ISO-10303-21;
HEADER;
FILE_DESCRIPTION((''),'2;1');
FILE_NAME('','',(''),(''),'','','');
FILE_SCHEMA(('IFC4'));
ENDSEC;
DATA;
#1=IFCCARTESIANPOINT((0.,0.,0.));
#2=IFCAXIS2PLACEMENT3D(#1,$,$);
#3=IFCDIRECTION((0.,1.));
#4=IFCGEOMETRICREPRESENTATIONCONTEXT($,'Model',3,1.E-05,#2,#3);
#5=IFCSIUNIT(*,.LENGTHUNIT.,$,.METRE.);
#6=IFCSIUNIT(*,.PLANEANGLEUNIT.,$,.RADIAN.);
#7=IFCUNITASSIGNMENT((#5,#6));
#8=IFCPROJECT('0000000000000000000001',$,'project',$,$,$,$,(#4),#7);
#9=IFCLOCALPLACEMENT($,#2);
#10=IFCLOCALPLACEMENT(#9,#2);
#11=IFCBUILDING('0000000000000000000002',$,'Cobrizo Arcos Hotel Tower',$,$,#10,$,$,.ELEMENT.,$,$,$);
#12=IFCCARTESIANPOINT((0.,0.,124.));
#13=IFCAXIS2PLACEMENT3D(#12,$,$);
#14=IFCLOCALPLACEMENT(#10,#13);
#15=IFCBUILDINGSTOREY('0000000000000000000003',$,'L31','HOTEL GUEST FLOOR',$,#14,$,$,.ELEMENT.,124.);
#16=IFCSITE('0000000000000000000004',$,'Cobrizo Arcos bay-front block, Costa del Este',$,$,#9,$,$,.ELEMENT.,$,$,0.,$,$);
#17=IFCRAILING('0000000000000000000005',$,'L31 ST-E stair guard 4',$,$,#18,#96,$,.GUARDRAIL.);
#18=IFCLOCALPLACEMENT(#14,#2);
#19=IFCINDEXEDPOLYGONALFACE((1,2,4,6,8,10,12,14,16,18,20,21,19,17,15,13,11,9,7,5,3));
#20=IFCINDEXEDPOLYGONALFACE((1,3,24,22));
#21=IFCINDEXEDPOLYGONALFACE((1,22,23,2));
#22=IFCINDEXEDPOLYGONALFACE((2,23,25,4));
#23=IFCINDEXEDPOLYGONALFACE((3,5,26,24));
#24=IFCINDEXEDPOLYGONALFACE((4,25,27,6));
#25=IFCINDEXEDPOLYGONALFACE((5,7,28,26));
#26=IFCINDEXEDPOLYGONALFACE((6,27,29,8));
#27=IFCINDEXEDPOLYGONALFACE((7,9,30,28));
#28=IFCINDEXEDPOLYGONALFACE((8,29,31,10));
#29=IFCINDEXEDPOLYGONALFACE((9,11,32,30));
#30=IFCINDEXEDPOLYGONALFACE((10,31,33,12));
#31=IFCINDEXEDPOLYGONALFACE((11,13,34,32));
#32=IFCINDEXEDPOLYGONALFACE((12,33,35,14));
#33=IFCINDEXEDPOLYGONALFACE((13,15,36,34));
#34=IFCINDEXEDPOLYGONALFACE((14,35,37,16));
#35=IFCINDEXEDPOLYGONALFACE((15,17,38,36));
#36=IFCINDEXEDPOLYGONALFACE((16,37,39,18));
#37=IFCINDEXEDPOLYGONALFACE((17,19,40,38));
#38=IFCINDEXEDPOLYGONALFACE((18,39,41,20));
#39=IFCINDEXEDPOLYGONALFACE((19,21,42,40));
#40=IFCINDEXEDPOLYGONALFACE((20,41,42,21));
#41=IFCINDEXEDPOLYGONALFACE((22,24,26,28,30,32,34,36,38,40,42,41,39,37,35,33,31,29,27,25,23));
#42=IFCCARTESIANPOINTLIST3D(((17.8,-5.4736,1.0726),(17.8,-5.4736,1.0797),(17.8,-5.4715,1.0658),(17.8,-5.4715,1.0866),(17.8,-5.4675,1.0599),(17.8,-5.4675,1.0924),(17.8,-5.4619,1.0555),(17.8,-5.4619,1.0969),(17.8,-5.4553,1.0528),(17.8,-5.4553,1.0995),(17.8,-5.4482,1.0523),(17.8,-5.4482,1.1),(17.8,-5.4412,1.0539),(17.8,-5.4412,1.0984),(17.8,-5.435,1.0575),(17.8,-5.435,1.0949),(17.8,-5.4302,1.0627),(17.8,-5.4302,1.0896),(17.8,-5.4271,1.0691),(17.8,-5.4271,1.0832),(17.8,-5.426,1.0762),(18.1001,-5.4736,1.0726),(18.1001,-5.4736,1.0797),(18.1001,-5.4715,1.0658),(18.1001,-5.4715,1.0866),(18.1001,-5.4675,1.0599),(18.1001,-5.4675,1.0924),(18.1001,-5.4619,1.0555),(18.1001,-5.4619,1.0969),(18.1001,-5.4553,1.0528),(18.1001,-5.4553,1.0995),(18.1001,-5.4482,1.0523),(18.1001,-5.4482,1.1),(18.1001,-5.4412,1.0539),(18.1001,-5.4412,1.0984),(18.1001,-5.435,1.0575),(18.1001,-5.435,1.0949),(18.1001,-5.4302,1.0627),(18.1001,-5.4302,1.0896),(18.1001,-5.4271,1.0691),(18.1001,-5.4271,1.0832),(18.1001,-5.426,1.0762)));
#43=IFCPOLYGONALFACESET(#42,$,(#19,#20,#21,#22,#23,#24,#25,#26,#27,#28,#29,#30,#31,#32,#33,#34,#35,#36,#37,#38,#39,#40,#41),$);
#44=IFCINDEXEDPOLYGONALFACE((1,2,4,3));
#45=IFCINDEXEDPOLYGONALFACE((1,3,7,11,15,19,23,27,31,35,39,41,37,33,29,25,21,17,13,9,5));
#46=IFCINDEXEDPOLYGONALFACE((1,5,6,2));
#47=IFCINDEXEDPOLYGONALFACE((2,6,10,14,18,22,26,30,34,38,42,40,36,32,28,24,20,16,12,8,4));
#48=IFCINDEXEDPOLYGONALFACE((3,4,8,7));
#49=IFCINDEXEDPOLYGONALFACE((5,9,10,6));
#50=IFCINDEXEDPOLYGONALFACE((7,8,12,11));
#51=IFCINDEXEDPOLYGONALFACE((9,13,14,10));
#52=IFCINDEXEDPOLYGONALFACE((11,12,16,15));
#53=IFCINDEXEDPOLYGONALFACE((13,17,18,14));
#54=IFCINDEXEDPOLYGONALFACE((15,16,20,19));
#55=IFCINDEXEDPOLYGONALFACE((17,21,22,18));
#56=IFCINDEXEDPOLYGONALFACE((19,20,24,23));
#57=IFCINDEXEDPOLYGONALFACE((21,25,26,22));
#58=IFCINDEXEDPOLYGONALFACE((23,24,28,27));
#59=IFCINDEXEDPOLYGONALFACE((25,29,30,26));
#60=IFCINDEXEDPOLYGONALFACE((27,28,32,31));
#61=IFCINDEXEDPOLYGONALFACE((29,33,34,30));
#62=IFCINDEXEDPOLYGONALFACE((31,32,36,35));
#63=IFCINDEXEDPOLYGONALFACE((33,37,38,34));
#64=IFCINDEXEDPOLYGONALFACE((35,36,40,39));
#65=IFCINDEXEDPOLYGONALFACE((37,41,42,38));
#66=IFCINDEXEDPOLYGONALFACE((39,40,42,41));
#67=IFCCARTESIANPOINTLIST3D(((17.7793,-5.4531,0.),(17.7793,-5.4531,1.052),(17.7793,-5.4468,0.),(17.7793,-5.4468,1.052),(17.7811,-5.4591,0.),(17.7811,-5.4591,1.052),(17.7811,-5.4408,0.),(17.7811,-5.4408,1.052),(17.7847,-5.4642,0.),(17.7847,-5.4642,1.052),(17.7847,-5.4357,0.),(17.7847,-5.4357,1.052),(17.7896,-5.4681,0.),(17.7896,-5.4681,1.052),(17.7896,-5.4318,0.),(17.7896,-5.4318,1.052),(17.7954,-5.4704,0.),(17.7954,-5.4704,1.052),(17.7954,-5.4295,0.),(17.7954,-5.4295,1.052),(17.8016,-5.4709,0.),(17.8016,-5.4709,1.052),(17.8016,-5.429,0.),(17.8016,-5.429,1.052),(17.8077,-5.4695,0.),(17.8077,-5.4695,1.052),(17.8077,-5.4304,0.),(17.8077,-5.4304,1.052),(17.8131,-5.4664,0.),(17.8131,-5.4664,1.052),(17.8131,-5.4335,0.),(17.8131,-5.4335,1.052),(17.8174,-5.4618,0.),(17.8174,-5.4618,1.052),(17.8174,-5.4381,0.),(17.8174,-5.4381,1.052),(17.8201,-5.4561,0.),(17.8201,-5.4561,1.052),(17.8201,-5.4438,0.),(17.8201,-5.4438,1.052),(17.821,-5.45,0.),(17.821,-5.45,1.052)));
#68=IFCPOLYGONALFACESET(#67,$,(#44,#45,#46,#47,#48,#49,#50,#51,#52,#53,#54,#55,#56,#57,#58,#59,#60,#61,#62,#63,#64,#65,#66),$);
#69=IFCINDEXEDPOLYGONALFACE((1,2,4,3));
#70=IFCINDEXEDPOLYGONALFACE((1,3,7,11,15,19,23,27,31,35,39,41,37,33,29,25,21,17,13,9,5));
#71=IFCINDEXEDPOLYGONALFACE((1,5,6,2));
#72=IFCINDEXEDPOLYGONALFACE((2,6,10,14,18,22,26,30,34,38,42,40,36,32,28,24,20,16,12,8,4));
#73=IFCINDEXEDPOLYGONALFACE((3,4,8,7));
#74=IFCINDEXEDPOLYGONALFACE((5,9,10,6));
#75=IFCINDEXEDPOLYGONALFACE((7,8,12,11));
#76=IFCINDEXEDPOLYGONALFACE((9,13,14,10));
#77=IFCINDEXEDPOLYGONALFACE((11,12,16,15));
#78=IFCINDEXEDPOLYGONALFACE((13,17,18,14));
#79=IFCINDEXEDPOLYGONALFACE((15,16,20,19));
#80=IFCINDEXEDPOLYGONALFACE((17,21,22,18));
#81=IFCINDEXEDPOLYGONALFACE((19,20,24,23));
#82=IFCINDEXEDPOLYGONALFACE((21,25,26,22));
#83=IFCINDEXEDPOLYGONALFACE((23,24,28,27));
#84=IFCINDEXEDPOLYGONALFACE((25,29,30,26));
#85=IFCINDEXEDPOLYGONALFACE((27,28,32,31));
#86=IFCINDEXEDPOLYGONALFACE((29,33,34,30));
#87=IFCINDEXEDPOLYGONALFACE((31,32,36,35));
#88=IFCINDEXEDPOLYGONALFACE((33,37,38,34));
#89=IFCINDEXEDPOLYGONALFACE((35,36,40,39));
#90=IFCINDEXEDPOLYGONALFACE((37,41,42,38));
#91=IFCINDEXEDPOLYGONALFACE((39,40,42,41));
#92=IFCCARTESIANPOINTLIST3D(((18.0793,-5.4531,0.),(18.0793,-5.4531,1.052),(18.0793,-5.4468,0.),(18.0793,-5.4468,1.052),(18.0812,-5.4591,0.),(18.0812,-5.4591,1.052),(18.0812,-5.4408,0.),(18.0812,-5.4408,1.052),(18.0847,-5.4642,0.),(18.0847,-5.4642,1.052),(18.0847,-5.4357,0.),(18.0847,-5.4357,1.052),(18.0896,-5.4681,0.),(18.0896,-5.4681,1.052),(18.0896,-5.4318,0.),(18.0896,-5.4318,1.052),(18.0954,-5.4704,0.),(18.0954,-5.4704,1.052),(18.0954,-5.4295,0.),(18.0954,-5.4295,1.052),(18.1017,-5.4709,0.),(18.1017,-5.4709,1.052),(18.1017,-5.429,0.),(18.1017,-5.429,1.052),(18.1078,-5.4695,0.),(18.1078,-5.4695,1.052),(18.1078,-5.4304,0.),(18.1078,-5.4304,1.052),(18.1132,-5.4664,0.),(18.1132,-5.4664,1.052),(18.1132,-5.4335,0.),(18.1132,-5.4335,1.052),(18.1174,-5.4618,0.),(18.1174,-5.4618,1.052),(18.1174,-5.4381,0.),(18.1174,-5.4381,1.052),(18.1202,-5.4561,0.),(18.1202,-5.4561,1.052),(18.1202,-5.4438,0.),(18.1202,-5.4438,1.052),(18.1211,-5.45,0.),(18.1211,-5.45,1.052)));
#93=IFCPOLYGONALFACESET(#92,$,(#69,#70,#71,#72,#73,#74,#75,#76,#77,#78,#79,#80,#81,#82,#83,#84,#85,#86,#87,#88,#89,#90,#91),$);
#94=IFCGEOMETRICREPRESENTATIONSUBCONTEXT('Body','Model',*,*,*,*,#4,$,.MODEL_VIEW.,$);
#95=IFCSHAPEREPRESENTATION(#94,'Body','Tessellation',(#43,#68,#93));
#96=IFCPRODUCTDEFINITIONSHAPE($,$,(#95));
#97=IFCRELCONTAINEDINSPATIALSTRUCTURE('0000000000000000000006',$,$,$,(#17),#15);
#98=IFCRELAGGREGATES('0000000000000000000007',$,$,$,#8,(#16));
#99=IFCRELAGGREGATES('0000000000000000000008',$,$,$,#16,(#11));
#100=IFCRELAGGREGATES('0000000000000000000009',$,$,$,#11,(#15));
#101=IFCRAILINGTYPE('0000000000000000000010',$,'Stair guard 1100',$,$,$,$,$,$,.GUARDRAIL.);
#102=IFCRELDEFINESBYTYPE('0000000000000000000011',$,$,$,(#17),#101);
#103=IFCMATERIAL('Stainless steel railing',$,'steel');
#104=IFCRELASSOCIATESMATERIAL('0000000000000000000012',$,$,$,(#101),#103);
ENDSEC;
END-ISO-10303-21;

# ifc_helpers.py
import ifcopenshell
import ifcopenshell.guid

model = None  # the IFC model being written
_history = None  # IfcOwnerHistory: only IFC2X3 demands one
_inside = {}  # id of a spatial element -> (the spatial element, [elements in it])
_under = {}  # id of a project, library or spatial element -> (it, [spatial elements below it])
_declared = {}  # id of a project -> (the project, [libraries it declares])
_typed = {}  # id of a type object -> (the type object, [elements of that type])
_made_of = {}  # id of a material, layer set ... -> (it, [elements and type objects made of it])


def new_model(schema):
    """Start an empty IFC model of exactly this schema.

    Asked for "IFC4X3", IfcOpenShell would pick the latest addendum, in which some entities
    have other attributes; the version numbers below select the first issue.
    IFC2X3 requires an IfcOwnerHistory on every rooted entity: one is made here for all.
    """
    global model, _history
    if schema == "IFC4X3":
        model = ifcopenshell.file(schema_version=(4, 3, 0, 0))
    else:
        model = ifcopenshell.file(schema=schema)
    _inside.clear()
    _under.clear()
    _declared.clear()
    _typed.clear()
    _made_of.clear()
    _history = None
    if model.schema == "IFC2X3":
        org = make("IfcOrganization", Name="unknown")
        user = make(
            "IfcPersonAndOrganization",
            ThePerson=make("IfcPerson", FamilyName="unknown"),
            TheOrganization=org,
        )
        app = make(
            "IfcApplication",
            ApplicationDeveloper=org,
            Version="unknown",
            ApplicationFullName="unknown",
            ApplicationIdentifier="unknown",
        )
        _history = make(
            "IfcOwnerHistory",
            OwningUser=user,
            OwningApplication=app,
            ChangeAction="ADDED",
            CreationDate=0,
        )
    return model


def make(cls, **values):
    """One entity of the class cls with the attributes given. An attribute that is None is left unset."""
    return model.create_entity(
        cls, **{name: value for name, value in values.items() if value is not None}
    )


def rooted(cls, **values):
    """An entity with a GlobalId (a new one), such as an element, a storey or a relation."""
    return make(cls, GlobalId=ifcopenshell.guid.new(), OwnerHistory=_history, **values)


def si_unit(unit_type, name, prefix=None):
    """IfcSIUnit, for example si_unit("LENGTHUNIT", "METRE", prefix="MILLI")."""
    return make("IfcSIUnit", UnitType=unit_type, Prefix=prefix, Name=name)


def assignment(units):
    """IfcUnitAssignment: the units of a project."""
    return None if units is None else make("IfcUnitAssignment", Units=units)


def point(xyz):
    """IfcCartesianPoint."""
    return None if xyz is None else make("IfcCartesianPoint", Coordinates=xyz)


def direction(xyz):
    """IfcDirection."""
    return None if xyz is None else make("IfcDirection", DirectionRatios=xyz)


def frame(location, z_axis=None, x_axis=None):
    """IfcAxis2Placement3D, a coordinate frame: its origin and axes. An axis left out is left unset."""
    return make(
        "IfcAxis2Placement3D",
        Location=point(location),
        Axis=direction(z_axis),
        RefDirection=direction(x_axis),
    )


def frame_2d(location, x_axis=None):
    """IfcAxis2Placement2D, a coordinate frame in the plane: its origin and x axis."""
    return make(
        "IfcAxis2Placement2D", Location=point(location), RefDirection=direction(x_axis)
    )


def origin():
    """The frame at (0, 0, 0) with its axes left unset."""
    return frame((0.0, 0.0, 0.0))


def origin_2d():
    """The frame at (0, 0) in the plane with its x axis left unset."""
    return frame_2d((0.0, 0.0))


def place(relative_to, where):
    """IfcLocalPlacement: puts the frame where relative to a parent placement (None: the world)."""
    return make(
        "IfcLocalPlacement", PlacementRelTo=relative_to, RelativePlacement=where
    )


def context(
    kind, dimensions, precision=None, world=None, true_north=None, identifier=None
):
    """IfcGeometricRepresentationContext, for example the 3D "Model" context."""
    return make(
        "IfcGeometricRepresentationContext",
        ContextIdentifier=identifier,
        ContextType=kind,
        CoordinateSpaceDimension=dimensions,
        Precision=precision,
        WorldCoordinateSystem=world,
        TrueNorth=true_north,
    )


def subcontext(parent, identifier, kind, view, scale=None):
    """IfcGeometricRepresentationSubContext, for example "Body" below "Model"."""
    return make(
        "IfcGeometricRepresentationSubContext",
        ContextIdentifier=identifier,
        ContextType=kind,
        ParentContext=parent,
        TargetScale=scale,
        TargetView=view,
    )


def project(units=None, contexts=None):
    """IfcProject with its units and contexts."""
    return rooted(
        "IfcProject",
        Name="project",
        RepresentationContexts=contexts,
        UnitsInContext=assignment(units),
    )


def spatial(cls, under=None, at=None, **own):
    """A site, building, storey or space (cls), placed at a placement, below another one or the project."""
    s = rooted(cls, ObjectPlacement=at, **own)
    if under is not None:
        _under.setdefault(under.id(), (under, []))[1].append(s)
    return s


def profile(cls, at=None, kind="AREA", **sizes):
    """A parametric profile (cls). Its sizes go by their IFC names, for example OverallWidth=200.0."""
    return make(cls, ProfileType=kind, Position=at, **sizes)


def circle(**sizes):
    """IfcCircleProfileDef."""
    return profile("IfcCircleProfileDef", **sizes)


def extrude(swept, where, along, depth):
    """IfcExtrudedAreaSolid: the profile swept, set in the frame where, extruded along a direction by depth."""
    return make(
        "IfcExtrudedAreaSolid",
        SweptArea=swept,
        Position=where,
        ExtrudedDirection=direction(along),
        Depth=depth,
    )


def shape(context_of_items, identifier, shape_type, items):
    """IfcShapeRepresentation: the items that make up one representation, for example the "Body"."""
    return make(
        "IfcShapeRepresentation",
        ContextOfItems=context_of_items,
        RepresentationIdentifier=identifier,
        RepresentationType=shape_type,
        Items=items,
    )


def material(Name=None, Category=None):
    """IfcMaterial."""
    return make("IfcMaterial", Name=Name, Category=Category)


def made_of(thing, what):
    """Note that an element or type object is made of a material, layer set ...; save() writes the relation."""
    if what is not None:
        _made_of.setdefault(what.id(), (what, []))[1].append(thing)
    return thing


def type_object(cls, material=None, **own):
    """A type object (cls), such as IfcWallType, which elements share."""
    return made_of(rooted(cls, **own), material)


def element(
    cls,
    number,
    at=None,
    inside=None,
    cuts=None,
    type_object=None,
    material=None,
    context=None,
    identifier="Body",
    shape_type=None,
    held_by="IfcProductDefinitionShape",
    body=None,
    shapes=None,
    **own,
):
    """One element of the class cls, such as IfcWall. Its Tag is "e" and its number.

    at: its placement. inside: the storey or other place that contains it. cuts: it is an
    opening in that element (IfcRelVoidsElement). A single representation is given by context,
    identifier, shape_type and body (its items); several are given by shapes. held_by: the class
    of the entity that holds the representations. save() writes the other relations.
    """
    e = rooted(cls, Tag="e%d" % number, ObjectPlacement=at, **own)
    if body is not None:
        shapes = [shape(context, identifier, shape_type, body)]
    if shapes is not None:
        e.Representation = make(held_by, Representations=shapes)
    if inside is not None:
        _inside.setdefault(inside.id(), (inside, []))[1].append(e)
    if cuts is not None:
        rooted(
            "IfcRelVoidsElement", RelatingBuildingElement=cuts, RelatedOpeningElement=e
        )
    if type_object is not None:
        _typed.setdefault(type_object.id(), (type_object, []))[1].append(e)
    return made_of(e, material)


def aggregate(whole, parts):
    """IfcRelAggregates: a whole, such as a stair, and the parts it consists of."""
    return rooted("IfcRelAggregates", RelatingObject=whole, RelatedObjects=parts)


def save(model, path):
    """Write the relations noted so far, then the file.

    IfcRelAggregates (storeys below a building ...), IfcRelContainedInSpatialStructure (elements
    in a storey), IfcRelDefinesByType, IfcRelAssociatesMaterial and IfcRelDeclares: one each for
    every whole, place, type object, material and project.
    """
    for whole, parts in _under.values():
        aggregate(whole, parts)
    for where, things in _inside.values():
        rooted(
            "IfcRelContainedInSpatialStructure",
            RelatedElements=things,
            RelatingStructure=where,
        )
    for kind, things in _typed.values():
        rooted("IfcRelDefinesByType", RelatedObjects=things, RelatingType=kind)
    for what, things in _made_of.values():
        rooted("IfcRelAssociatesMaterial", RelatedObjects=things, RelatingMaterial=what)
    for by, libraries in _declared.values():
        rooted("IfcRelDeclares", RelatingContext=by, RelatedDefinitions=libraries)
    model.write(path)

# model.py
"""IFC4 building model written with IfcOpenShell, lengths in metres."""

from ifc_helpers import new_model, si_unit, direction, frame, origin, origin_2d, place, context, subcontext, project, spatial, circle, extrude, material, type_object, element, save


model = new_model("IFC4")

# Units and contexts
model_context = context("Model", 3, precision=1e-05, world=origin(), true_north=direction((0.0, 1.0)))
body_context = subcontext(model_context, "Body", "Model", "MODEL_VIEW")
ifc_project = project(units=[si_unit("LENGTHUNIT", "METRE"), si_unit("PLANEANGLEUNIT", "RADIAN")], contexts=[model_context])

# Site, building, storey
site_placement = place(None, origin())
site = spatial("IfcSite", under=ifc_project, at=site_placement, Name="Cobrizo Arcos bay-front block, Costa del Este", CompositionType="ELEMENT", RefElevation=0.0)
building_placement = place(site_placement, origin())
building = spatial("IfcBuilding", under=site, at=building_placement, Name="Cobrizo Arcos Hotel Tower", CompositionType="ELEMENT")
storey_placement = place(building_placement, frame((0.0, 0.0, 124.0)))
storey = spatial("IfcBuildingStorey", under=building, at=storey_placement, Name="L31", Description="HOTEL GUEST FLOOR", CompositionType="ELEMENT", Elevation=124.0)

# Railing
ifc_material_1 = material(Name="Stainless steel railing", Category="steel")
railing_type_1 = type_object("IfcRailingType", Name="Stair guard 1100", PredefinedType="GUARDRAIL", material=ifc_material_1)
railing_1_placement = place(storey_placement, frame((17.8, -5.45, 0.0)))
element("IfcRailing", 1, at=railing_1_placement, inside=storey, type_object=railing_type_1, Name="L31 ST-E stair guard 4", PredefinedType="GUARDRAIL", context=body_context, shape_type="SweptSolid", body=[
    extrude(circle(Radius=0.0239, at=origin_2d()), frame((0.0, 0.0, 1.0762), z_axis=(1.0, 0.0, 0.0), x_axis=(0.0, 1.0, 0.0)), (0.0, 0.0, 1.0), 0.3),
    extrude(circle(Radius=0.021, at=origin_2d()), origin(), (0.0, 0.0, 1.0), 1.052),
    extrude(circle(Radius=0.021, at=origin_2d()), frame((0.3, 0.0, 0.0)), (0.0, 0.0, 1.0), 1.052),
])

save(model, "model.ifc")
